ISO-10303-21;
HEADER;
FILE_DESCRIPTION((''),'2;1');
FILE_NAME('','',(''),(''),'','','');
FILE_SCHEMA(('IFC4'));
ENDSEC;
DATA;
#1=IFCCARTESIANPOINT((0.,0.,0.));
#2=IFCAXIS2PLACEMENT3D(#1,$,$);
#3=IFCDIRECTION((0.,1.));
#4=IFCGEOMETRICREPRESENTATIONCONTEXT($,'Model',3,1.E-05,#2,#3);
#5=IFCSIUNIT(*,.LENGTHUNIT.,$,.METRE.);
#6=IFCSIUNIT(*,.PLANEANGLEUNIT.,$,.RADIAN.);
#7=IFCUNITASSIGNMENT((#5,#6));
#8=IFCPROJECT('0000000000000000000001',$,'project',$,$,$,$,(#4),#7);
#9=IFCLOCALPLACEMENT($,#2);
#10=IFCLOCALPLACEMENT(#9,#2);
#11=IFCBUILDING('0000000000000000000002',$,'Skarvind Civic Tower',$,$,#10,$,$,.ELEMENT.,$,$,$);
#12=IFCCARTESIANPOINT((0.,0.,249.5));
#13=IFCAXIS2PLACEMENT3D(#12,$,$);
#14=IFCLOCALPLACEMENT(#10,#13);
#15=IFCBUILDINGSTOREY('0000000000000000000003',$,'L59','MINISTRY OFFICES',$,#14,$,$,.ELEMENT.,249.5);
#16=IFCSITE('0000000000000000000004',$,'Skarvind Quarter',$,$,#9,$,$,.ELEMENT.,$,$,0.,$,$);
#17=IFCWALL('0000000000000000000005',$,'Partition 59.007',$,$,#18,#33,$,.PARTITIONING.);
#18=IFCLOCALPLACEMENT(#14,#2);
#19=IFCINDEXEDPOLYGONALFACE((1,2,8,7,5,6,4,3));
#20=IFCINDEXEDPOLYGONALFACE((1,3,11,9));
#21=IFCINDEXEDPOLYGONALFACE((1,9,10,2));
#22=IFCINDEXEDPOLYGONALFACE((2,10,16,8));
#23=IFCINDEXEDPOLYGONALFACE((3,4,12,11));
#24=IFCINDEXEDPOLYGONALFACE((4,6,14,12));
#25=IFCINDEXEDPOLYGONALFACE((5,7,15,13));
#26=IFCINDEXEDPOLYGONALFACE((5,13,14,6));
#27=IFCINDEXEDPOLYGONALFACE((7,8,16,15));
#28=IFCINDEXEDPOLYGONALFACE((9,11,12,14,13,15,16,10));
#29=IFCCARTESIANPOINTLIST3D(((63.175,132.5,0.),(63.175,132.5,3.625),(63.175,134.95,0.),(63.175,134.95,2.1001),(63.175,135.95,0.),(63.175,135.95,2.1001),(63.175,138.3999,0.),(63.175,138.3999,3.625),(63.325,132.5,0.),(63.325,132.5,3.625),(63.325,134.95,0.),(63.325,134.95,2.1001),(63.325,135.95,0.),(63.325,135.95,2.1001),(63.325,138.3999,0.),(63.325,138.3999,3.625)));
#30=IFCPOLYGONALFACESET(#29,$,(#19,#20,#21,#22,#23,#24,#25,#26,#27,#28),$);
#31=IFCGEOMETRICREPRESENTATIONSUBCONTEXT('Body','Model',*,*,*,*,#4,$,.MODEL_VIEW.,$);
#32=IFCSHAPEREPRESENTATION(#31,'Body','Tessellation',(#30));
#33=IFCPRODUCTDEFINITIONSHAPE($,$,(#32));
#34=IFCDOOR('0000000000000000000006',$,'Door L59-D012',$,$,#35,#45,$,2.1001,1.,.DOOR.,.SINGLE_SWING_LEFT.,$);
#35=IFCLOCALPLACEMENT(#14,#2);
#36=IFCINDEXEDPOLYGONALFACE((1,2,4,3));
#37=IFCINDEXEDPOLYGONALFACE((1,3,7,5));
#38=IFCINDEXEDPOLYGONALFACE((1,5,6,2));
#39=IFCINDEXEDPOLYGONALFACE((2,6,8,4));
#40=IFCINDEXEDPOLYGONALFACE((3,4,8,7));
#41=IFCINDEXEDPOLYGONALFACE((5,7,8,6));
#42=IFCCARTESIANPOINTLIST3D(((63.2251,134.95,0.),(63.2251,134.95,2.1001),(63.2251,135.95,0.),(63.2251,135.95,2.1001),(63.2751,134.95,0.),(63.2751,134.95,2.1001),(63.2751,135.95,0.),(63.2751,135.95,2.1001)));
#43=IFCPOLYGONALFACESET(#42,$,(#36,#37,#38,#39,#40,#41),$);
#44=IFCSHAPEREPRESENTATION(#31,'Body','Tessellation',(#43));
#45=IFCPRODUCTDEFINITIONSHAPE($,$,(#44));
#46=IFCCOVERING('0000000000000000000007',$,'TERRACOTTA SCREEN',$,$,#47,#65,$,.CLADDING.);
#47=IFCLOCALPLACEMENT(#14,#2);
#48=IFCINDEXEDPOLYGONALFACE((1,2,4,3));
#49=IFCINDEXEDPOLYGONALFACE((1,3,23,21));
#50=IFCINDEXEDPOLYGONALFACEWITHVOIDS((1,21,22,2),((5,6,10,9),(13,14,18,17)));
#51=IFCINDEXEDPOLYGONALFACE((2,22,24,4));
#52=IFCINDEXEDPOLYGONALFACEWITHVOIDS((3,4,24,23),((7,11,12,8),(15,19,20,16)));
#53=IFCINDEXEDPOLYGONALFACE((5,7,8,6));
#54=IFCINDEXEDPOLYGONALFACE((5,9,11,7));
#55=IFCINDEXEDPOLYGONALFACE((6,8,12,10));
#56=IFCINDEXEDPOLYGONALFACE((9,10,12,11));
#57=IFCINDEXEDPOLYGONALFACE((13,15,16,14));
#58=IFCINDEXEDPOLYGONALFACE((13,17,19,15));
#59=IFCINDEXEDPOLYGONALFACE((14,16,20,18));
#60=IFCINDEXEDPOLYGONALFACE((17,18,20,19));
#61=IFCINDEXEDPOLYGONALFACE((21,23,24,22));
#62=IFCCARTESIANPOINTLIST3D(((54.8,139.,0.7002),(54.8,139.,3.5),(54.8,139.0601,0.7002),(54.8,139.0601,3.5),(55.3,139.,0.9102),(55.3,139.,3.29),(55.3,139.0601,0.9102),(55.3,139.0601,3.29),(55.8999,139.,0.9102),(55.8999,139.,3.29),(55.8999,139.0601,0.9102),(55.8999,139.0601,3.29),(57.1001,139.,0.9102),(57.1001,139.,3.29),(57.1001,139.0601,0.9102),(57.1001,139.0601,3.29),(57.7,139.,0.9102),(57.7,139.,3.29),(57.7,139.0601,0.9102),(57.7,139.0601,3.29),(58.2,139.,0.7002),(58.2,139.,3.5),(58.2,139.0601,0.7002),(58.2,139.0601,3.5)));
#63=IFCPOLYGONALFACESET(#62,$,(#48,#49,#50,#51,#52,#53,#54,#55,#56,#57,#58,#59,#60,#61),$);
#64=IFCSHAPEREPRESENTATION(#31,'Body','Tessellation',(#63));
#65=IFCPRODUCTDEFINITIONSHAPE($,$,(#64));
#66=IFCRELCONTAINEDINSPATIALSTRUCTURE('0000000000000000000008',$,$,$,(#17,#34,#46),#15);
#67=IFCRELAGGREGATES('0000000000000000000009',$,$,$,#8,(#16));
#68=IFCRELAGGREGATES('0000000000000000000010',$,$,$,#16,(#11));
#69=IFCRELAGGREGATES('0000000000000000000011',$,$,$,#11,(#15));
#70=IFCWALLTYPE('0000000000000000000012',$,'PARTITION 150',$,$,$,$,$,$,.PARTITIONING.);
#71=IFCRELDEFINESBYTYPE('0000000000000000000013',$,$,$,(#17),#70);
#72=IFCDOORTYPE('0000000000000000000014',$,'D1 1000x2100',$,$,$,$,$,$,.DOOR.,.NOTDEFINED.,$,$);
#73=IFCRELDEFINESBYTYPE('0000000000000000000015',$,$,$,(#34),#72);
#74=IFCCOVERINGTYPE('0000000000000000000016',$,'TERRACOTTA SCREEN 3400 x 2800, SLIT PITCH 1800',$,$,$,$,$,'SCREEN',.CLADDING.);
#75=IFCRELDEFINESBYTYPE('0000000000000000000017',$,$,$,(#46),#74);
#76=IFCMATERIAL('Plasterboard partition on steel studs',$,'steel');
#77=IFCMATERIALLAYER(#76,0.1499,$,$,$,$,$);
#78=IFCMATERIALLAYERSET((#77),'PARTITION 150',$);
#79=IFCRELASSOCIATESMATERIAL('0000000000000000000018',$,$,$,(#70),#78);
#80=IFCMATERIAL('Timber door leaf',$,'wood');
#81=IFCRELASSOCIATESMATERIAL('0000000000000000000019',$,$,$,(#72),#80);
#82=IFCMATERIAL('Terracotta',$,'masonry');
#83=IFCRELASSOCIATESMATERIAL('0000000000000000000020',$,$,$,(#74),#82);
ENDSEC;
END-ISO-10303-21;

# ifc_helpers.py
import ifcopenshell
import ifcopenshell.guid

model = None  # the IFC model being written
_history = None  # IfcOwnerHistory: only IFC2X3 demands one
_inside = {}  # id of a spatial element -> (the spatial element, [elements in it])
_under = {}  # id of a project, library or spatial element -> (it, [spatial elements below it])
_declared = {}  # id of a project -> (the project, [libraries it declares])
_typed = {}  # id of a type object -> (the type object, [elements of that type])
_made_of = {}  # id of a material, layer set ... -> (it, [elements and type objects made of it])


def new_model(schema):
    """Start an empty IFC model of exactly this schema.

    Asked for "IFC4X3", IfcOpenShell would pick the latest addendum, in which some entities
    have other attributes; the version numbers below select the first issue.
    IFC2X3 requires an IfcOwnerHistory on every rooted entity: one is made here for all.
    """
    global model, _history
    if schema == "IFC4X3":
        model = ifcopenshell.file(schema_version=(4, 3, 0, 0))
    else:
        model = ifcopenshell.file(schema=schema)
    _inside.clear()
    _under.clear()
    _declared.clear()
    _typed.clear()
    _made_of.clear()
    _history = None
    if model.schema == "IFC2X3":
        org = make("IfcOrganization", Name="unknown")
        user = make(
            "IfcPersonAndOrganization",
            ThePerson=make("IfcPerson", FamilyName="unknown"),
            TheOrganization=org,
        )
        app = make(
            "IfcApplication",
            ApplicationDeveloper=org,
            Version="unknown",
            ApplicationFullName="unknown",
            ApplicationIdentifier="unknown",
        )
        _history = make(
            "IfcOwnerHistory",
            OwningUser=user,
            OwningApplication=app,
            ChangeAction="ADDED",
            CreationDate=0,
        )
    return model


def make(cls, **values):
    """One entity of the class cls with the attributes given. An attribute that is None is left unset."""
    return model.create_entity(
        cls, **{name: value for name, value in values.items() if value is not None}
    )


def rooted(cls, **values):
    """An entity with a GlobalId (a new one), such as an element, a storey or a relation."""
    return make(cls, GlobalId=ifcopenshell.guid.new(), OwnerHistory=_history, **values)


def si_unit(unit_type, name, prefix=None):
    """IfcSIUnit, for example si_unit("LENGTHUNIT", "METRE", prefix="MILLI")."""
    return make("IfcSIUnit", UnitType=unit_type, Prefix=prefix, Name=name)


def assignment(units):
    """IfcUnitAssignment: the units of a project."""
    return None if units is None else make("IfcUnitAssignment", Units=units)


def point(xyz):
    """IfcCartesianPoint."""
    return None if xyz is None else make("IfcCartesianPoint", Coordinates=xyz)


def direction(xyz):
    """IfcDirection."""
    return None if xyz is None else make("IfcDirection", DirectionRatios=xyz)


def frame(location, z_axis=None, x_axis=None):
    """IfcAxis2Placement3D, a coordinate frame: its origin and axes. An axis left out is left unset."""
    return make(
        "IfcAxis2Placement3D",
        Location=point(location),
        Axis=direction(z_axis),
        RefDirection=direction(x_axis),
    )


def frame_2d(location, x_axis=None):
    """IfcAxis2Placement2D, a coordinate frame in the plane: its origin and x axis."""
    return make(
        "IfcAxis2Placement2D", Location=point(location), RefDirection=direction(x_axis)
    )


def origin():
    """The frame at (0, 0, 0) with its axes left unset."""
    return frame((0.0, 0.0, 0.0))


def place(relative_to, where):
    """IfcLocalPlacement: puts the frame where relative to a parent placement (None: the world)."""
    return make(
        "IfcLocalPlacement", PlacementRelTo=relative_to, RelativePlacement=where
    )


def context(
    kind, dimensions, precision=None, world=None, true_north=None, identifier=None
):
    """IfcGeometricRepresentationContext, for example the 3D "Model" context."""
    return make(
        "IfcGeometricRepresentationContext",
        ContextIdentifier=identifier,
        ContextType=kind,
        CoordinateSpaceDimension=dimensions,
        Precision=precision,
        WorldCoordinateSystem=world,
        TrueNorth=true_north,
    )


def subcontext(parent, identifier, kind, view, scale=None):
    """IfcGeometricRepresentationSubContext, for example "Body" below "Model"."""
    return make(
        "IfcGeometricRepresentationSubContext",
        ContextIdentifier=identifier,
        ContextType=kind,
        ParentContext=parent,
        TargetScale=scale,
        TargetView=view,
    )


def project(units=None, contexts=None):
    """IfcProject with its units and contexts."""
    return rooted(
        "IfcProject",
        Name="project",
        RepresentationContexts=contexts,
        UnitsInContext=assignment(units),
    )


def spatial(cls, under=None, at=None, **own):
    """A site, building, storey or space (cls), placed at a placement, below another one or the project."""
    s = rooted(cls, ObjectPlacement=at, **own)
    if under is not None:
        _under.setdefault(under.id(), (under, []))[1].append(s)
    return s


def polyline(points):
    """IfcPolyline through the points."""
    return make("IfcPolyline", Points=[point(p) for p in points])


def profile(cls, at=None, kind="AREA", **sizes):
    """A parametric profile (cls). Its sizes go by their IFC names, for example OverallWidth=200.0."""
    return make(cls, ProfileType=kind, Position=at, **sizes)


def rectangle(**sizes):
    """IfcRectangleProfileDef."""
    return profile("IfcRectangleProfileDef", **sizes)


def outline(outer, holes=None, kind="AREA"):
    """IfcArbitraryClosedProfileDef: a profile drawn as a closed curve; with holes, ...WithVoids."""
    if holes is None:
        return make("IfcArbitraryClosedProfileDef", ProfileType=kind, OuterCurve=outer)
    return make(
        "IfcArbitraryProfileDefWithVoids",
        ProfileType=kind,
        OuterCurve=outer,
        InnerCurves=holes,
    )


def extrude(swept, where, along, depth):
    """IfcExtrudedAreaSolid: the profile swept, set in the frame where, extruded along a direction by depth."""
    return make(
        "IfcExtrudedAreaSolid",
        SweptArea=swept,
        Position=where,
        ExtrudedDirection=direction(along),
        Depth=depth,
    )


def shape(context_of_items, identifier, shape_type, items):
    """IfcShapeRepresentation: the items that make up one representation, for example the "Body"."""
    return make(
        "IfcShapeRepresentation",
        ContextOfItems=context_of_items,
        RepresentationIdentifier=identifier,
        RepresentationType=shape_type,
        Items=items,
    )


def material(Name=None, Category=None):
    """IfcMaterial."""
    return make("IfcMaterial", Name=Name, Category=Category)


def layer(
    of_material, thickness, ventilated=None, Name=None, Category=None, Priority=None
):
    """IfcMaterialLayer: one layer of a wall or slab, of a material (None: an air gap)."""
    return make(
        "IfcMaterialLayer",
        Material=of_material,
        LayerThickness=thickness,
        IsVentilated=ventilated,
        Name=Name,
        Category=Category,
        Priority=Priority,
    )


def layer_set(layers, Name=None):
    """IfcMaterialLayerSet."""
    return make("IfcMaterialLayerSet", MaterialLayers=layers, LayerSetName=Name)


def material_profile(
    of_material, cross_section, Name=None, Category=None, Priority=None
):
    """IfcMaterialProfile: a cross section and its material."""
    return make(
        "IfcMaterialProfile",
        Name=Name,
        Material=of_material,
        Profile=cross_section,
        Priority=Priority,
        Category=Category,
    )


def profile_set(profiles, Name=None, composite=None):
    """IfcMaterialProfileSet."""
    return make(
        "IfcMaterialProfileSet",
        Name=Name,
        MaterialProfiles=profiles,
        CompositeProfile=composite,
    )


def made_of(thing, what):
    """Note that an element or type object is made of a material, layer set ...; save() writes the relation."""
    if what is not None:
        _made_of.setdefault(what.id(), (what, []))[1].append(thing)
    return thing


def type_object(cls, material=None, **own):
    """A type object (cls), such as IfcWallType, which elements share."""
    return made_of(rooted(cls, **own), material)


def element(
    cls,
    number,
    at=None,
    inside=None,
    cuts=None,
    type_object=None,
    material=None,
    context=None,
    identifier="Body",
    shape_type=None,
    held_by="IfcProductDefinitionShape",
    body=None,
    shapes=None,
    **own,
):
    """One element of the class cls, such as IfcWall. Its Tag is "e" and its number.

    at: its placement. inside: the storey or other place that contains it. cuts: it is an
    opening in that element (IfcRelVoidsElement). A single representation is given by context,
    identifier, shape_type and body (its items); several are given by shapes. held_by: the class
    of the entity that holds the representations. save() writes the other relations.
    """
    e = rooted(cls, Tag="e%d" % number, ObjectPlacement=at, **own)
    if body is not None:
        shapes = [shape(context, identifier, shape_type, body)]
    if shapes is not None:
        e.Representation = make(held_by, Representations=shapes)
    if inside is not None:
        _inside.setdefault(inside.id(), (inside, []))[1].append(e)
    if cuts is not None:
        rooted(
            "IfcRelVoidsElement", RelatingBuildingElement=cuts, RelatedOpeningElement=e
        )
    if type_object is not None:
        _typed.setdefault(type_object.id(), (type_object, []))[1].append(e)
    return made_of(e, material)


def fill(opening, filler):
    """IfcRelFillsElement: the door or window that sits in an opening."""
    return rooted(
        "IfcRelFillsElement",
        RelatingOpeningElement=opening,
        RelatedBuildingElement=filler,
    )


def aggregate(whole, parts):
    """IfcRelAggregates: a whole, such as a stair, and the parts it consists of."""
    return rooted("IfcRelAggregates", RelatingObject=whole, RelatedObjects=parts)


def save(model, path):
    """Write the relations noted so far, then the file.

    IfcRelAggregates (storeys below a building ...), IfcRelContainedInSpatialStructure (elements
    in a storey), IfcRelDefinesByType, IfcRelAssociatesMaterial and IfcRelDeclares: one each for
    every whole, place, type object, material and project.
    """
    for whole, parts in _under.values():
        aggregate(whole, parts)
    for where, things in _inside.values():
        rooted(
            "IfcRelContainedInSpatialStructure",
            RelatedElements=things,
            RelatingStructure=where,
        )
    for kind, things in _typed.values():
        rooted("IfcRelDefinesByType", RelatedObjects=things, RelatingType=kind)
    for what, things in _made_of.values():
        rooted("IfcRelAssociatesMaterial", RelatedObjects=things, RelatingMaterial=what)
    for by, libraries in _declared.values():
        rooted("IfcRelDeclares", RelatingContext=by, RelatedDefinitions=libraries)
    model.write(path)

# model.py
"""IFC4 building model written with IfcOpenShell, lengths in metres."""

from ifc_helpers import new_model, si_unit, direction, frame, frame_2d, origin, place, context, subcontext, project, spatial, polyline, rectangle, outline, extrude, material, layer, layer_set, material_profile, profile_set, type_object, element, fill, save


model = new_model("IFC4")

# Units and contexts
model_context = context("Model", 3, precision=1e-05, world=origin(), true_north=direction((0.0, 1.0)))
body_context = subcontext(model_context, "Body", "Model", "MODEL_VIEW")
ifc_project = project(units=[si_unit("LENGTHUNIT", "METRE"), si_unit("PLANEANGLEUNIT", "RADIAN")], contexts=[model_context])

# Site, building, storey
site_placement = place(None, origin())
site = spatial("IfcSite", under=ifc_project, at=site_placement, Name="Skarvind Quarter", CompositionType="ELEMENT", RefElevation=0.0)
building_placement = place(site_placement, origin())
building = spatial("IfcBuilding", under=site, at=building_placement, Name="Skarvind Civic Tower", CompositionType="ELEMENT")
storey_placement = place(building_placement, frame((0.0, 0.0, 249.5)))
storey = spatial("IfcBuildingStorey", under=building, at=storey_placement, Name="L59", Description="MINISTRY OFFICES", CompositionType="ELEMENT", Elevation=249.5)

# Shared definitions
ifc_material_1 = material(Name="Timber door leaf", Category="wood")

# Shared definitions
ifc_material_2 = material(Name="Plasterboard partition on steel studs", Category="steel")
ifc_layer_1 = layer(ifc_material_2, 0.1499)
ifc_layer_set_1 = layer_set([ifc_layer_1], Name="PARTITION 150")
wall_type_1 = type_object("IfcWallType", Name="PARTITION 150", PredefinedType="PARTITIONING", material=ifc_layer_set_1)
door_type_1 = type_object("IfcDoorType", Name="D1 1000x2100", OperationType="NOTDEFINED", PredefinedType="DOOR", material=ifc_material_1)

# Wall, opening, door
wall_1_placement = place(storey_placement, frame((63.25, 132.5, 0.0), z_axis=(0.0, 0.0, 1.0), x_axis=(0.0, 1.0, 0.0)))
wall_1 = element("IfcWall", 1, at=wall_1_placement, inside=storey, type_object=wall_type_1, Name="Partition 59.007", PredefinedType="PARTITIONING", context=body_context, shape_type="SweptSolid", body=[
    extrude(rectangle(XDim=5.8999, YDim=0.1499, at=frame_2d((2.95, 0.0))), origin(), (0.0, 0.0, 1.0), 3.625),
])
opening_1_placement = place(wall_1_placement, frame((2.45, 0.0, 0.0)))
opening_1 = element("IfcOpeningElement", 2, at=opening_1_placement, cuts=wall_1, PredefinedType="OPENING", context=body_context, shape_type="SweptSolid", body=[
    extrude(rectangle(XDim=1.0, YDim=2.1001, at=frame_2d((0.5, 1.05))), frame((0.0, 0.085, 0.0), z_axis=(0.0, -1.0, 0.0), x_axis=(1.0, 0.0, 0.0)), (0.0, 0.0, 1.0), 0.1699),
])
door_1_placement = place(opening_1_placement, origin())
door_1 = element("IfcDoor", 3, at=door_1_placement, inside=storey, type_object=door_type_1, Name="Door L59-D012", OperationType="SINGLE_SWING_LEFT", OverallHeight=2.1001, OverallWidth=1.0, PredefinedType="DOOR", context=body_context, shape_type="SweptSolid", body=[
    extrude(rectangle(XDim=1.0, YDim=2.1001, at=frame_2d((0.5, 1.05))), frame((0.0, 0.0249, 0.0), z_axis=(0.0, -1.0, 0.0), x_axis=(1.0, 0.0, 0.0)), (0.0, 0.0, 1.0), 0.05),
])
fill(opening_1, door_1)

# Covering
ifc_material_3 = material(Name="Terracotta", Category="masonry")
ifc_material_profile_1 = material_profile(ifc_material_3, outline(polyline([(-1.7, -1.3999), (1.7, -1.3999), (1.7, 1.3999), (-1.7, 1.3999), (-1.7, -1.3999)]), holes=[polyline([(-1.2, -1.1899), (-0.6001, -1.1899), (-0.6001, 1.1899), (-1.2, 1.1899), (-1.2, -1.1899)]), polyline([(0.6001, -1.1899), (1.2, -1.1899), (1.2, 1.1899), (0.6001, 1.1899), (0.6001, -1.1899)])]), Name="TERRACOTTA SCREEN 3400 x 2800, SLIT PITCH 1800")
ifc_profile_set_1 = profile_set([ifc_material_profile_1], Name="Terracotta")
covering_type = type_object("IfcCoveringType", Name="TERRACOTTA SCREEN 3400 x 2800, SLIT PITCH 1800", ElementType="SCREEN", PredefinedType="CLADDING", material=ifc_profile_set_1)
covering_placement = place(storey_placement, frame((56.5, 139.0, 2.1001), z_axis=(0.0, 1.0, 0.0), x_axis=(-1.0, 0.0, 0.0)))
element("IfcCovering", 4, at=covering_placement, inside=storey, type_object=covering_type, Name="TERRACOTTA SCREEN", PredefinedType="CLADDING", context=body_context, shape_type="SweptSolid", body=[
    extrude(outline(polyline([(-1.7, -1.3999), (1.7, -1.3999), (1.7, 1.3999), (-1.7, 1.3999), (-1.7, -1.3999)]), holes=[polyline([(-1.2, -1.1899), (-0.6001, -1.1899), (-0.6001, 1.1899), (-1.2, 1.1899), (-1.2, -1.1899)]), polyline([(0.6001, -1.1899), (1.2, -1.1899), (1.2, 1.1899), (0.6001, 1.1899), (0.6001, -1.1899)])]), origin(), (0.0, 0.0, 1.0), 0.0601),
])

save(model, "model.ifc")
